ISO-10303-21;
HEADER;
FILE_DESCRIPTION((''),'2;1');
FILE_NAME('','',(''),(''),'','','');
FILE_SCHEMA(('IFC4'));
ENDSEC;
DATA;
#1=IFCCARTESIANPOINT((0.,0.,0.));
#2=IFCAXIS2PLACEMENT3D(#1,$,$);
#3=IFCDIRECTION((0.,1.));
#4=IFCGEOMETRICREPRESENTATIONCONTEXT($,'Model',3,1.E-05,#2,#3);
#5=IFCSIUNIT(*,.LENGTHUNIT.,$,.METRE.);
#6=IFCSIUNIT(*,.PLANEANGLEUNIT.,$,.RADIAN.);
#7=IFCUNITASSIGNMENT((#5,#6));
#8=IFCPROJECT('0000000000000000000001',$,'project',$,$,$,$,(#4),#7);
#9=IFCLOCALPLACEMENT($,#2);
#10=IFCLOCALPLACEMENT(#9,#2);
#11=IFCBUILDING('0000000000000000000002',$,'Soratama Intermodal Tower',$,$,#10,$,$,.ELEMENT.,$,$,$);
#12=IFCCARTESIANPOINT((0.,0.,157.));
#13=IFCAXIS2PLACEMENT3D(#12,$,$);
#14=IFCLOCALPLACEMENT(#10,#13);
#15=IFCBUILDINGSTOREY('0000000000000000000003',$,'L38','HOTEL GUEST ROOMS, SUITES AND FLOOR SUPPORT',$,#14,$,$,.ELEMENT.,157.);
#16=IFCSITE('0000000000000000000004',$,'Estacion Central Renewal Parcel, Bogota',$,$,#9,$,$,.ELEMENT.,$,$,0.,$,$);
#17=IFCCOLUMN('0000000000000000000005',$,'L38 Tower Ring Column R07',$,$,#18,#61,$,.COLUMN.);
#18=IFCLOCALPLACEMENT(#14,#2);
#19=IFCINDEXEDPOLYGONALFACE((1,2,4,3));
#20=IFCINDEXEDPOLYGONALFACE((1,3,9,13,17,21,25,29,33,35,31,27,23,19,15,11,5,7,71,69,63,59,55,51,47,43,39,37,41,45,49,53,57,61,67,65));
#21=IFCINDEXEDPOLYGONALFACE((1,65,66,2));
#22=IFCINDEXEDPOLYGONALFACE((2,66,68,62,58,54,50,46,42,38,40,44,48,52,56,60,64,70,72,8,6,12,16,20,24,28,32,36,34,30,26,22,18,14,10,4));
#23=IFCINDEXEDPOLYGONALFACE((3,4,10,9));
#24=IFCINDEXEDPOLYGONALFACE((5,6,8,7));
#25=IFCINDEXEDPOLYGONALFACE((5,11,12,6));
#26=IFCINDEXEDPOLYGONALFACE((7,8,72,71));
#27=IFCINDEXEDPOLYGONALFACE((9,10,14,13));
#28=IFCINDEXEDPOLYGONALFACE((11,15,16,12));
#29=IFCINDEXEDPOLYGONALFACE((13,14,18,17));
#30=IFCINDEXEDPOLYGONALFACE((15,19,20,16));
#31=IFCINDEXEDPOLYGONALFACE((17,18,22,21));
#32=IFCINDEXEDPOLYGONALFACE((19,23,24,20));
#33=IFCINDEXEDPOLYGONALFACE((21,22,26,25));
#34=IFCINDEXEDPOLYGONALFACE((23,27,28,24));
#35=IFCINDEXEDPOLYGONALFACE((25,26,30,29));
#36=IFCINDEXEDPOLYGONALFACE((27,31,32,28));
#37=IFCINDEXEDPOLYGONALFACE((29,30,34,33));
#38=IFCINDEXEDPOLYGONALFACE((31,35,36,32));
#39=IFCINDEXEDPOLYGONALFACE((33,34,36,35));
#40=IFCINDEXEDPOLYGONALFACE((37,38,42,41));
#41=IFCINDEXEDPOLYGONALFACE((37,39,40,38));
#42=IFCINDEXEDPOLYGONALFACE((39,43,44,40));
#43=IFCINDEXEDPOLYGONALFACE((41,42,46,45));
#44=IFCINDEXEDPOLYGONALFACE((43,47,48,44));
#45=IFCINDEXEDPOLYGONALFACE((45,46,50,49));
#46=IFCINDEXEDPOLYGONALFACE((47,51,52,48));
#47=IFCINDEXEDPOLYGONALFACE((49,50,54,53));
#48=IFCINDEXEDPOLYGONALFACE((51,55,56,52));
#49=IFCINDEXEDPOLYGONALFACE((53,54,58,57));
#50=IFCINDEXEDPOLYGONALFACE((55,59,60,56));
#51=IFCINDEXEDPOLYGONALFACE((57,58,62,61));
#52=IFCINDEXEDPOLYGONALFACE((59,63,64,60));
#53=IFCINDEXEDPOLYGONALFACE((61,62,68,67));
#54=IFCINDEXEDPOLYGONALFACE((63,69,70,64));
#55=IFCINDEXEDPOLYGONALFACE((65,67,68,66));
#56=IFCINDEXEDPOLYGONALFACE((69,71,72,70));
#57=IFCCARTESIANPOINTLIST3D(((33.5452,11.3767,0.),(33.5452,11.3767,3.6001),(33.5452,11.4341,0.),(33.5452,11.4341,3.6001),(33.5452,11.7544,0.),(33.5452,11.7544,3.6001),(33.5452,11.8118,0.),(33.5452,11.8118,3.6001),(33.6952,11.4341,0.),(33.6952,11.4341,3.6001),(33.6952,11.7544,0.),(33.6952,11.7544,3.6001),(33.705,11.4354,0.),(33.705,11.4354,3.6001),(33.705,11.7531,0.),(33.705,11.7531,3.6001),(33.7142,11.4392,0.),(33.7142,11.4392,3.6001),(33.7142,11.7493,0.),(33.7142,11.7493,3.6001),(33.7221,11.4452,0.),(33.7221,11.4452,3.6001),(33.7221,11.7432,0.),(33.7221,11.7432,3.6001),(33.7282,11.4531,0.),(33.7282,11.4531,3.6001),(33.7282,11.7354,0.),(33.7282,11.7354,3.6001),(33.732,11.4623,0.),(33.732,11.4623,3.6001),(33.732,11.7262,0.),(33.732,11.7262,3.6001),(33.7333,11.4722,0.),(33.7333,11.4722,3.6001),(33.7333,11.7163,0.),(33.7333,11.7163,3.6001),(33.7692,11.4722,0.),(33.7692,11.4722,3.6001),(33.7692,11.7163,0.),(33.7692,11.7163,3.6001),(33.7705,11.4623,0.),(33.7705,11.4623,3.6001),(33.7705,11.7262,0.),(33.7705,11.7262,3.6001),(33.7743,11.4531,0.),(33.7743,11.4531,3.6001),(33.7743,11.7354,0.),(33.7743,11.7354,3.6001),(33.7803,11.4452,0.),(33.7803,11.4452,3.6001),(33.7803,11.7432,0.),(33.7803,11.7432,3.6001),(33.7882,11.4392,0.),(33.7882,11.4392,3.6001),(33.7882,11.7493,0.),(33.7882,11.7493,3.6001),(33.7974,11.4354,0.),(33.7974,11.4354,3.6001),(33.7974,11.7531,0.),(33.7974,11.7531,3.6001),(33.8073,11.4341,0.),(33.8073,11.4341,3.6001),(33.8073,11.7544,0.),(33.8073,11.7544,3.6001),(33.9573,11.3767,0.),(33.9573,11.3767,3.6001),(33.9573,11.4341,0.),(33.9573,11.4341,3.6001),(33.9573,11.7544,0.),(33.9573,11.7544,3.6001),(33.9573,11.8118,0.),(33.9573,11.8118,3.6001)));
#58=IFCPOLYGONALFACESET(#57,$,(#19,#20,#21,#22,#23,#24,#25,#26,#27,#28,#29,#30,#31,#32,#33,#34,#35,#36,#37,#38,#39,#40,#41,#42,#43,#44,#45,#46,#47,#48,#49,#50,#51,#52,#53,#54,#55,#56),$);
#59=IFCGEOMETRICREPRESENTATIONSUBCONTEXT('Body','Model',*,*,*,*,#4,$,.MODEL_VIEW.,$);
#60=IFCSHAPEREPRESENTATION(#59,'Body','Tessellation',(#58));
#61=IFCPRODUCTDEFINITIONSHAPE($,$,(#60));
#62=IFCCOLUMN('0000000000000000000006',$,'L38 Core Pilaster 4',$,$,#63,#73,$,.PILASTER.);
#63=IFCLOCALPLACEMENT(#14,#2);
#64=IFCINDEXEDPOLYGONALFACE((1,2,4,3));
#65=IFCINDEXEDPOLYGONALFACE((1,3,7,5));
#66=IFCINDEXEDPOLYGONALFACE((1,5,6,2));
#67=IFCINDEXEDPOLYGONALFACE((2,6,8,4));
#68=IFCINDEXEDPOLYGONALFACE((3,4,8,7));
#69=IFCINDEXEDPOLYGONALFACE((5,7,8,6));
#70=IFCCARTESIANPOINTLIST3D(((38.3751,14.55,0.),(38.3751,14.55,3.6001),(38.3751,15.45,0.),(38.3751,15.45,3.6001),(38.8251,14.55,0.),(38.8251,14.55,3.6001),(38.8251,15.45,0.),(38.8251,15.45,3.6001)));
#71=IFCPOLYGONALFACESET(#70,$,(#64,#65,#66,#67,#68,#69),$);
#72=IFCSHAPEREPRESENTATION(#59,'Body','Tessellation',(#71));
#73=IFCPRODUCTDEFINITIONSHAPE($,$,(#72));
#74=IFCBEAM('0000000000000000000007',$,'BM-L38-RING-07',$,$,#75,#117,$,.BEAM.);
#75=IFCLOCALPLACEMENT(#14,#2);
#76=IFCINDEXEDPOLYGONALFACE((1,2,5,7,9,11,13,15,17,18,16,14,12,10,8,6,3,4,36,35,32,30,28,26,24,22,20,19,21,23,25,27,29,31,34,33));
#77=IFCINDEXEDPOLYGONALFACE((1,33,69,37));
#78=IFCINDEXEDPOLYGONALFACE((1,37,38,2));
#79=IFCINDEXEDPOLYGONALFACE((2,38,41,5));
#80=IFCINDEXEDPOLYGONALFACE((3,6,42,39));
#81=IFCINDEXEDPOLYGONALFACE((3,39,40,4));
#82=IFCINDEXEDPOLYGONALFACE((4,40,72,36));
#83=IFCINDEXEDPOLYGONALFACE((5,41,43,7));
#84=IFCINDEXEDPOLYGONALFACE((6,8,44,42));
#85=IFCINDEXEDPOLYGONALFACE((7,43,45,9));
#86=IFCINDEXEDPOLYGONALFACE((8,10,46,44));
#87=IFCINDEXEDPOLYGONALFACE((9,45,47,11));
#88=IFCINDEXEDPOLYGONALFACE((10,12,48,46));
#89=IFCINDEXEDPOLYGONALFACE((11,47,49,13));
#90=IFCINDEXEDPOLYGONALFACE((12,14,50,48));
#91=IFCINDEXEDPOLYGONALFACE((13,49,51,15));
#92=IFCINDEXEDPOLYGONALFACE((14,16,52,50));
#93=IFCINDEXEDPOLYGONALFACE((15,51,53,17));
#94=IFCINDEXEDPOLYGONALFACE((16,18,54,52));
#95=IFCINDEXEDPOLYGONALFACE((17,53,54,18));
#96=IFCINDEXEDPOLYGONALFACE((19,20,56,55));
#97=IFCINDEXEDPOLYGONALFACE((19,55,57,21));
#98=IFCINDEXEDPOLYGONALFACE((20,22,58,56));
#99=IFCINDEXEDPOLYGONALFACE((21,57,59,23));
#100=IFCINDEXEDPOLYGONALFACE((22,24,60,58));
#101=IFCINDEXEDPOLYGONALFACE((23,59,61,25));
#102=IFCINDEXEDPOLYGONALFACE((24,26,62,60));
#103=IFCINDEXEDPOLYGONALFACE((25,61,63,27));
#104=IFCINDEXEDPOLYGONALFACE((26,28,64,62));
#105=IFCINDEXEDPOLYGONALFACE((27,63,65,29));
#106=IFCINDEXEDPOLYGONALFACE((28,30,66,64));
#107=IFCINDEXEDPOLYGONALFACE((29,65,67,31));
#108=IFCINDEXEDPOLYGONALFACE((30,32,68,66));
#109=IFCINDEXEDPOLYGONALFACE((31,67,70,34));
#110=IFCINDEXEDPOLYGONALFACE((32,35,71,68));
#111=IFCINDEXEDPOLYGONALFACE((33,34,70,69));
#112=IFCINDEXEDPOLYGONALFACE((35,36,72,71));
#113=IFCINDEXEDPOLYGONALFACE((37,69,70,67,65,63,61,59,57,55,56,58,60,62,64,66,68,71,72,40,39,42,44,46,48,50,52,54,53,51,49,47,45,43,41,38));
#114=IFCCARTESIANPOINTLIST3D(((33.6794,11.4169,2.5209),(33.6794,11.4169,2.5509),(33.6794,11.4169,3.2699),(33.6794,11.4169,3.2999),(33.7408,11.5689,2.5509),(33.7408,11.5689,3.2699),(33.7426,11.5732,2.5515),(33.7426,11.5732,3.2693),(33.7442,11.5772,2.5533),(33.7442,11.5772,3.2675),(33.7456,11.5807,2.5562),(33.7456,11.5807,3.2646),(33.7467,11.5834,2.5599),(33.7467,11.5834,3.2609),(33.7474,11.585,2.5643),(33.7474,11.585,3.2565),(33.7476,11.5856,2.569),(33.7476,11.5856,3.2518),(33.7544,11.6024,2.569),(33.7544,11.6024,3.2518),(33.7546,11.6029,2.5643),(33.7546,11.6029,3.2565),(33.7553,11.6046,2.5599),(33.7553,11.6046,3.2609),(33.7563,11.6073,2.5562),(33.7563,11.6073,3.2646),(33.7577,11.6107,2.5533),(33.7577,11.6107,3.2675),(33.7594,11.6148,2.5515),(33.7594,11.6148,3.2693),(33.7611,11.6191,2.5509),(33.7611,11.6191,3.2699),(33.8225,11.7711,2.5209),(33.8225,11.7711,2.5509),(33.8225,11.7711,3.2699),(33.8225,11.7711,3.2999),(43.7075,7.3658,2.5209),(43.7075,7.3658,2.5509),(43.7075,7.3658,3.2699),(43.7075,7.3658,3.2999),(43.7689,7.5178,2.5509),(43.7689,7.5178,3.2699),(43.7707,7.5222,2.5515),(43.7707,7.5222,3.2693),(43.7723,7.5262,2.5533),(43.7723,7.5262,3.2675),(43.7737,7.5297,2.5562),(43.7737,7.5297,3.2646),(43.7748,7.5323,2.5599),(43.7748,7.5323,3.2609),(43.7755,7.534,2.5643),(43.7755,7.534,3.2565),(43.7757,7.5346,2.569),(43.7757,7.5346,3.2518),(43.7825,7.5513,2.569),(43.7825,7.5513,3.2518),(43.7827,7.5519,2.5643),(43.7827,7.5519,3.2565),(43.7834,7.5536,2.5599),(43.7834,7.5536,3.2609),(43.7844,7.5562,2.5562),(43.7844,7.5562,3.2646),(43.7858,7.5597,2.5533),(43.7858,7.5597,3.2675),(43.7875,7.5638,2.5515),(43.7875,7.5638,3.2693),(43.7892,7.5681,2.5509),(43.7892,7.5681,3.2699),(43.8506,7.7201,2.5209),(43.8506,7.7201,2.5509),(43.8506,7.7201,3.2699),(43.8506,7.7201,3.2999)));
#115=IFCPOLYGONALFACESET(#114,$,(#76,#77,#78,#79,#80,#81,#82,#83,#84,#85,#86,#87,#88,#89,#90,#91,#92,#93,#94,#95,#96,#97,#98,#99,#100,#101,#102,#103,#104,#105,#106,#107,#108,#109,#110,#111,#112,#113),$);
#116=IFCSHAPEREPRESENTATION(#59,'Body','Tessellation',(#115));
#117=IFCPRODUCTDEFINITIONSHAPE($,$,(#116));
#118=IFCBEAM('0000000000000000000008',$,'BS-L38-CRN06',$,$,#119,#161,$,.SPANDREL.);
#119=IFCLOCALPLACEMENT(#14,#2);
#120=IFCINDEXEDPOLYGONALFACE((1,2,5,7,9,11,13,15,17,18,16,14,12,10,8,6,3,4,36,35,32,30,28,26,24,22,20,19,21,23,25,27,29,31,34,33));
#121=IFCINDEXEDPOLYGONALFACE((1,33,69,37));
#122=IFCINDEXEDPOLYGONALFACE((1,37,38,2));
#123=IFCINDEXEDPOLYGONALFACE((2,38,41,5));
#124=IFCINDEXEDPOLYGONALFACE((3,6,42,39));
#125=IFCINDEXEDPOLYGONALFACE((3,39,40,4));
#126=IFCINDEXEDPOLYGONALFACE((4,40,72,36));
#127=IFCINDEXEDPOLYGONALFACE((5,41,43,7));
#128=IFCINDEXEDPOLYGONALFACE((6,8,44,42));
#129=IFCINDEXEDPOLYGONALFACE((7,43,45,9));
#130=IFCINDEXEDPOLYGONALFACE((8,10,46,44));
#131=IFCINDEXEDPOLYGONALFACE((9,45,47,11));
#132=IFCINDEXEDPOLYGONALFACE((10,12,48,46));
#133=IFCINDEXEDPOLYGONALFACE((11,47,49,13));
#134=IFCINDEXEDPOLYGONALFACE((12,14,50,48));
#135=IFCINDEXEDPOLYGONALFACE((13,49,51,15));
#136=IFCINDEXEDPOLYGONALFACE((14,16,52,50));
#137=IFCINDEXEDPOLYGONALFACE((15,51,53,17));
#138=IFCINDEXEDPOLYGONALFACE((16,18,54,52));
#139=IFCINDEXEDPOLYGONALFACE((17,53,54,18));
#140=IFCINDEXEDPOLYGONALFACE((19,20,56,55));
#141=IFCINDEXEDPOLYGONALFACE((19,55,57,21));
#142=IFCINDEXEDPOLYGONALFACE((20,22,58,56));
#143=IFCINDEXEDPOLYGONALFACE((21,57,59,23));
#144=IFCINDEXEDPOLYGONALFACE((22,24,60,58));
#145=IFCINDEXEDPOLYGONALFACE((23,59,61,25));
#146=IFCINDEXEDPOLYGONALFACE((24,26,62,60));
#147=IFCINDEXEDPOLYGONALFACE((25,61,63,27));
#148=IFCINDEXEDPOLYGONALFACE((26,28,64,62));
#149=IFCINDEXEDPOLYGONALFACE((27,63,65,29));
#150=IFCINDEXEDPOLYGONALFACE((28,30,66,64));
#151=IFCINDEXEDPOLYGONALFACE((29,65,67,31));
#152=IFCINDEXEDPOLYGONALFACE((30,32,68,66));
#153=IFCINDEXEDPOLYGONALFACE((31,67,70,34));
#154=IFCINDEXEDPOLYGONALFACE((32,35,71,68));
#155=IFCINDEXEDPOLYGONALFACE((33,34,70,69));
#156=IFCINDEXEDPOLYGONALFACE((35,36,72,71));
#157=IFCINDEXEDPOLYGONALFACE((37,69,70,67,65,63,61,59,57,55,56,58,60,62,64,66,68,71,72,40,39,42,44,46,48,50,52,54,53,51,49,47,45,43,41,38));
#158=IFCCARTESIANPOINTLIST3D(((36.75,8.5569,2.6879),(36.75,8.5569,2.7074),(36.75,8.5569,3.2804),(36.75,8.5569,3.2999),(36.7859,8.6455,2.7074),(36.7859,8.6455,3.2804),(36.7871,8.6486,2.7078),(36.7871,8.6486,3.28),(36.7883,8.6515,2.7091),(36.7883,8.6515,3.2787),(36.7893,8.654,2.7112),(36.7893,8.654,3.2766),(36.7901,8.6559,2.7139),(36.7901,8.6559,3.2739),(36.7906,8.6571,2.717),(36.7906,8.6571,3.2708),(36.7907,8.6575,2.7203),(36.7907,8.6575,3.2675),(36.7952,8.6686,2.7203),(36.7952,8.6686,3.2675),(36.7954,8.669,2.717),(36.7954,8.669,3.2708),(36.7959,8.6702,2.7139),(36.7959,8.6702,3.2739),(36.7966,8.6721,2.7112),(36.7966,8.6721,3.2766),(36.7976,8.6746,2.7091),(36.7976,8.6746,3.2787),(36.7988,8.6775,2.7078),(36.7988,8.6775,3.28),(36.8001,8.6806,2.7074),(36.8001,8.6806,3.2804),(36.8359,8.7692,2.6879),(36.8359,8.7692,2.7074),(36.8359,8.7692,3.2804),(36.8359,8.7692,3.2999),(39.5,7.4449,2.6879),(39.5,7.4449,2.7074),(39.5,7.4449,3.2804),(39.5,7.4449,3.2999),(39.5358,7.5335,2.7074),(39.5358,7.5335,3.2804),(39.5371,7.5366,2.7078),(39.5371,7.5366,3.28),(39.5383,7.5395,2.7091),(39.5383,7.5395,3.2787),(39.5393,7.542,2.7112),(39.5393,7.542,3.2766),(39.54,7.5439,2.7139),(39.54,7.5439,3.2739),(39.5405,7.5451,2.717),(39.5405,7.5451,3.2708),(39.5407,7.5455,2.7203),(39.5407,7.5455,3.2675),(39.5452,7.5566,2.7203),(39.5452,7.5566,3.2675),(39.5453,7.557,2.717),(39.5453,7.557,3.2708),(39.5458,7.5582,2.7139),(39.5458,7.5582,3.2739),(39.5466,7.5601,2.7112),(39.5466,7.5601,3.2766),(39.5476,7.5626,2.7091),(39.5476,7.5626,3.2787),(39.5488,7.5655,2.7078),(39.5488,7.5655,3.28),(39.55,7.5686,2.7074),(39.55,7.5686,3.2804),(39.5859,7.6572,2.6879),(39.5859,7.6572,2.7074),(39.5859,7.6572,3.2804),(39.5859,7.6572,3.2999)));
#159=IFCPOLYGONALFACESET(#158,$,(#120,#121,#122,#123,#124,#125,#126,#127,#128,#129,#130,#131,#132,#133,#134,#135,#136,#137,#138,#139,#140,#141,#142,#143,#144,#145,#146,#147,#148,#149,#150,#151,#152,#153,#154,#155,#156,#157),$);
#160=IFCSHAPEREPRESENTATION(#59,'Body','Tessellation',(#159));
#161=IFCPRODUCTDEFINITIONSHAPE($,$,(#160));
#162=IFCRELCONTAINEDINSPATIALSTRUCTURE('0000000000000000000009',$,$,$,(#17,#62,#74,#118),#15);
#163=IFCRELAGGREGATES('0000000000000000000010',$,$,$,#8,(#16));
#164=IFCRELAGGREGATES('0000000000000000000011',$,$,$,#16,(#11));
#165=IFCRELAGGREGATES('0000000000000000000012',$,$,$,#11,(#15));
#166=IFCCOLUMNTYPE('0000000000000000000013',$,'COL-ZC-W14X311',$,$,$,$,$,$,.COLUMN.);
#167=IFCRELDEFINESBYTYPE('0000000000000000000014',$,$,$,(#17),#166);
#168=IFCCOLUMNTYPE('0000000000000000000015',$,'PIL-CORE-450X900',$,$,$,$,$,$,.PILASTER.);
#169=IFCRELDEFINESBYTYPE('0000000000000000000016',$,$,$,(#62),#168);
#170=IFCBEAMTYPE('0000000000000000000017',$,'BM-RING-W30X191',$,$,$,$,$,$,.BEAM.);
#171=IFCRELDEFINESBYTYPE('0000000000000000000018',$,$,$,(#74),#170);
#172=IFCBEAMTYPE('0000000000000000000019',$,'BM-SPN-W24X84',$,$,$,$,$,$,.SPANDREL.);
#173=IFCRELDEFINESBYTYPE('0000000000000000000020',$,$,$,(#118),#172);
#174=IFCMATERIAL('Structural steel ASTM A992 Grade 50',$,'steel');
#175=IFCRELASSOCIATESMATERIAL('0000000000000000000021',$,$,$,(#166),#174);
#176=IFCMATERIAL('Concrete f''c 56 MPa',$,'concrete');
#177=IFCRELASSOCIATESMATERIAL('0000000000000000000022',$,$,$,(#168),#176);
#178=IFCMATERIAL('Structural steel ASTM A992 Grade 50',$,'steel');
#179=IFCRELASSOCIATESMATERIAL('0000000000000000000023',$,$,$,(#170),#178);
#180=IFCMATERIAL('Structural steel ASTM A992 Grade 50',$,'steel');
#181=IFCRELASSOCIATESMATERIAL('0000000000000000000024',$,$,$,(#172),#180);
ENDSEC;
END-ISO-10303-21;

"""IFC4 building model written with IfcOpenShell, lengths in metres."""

from ifc_helpers import new_model, si_unit, direction, frame, origin, origin_2d, place, context, subcontext, project, spatial, rectangle, i_section, extrude, material, material_profile, profile_set, type_object, element, save


model = new_model("IFC4")

# Units and contexts
model_context = context("Model", 3, precision=1e-05, world=origin(), true_north=direction((0.0, 1.0)))
body_context = subcontext(model_context, "Body", "Model", "MODEL_VIEW")
ifc_project = project(units=[si_unit("LENGTHUNIT", "METRE"), si_unit("PLANEANGLEUNIT", "RADIAN")], contexts=[model_context])

# Site, building, storey
site_placement = place(None, origin())
site = spatial("IfcSite", under=ifc_project, at=site_placement, Name="Estacion Central Renewal Parcel, Bogota", CompositionType="ELEMENT", RefElevation=0.0)
building_placement = place(site_placement, origin())
building = spatial("IfcBuilding", under=site, at=building_placement, Name="Soratama Intermodal Tower", CompositionType="ELEMENT")
storey_placement = place(building_placement, frame((0.0, 0.0, 157.0)))
storey = spatial("IfcBuildingStorey", under=building, at=storey_placement, Name="L38", Description="HOTEL GUEST ROOMS, SUITES AND FLOOR SUPPORT", CompositionType="ELEMENT", Elevation=157.0)

# Columns
ifc_material_1 = material(Name="Structural steel ASTM A992 Grade 50", Category="steel")
ifc_material_profile_1 = material_profile(ifc_material_1, i_section(OverallWidth=0.4121, OverallDepth=0.4351, WebThickness=0.0359, FlangeThickness=0.0574, FilletRadius=0.0381, at=origin_2d()), Name="W14X311")
ifc_profile_set_1 = profile_set([ifc_material_profile_1], Name="Structural steel ASTM A992 Grade 50")
column_type_1 = type_object("IfcColumnType", Name="COL-ZC-W14X311", PredefinedType="COLUMN", material=ifc_profile_set_1)
column_1_placement = place(storey_placement, frame((33.7512, 11.5942, 0.0), z_axis=(0.0, 0.0, 1.0), x_axis=(1.0, 0.0, 0.0)))
element("IfcColumn", 1, at=column_1_placement, inside=storey, type_object=column_type_1, Name="L38 Tower Ring Column R07", PredefinedType="COLUMN", context=body_context, shape_type="SweptSolid", body=[
    extrude(i_section(OverallWidth=0.4121, OverallDepth=0.4351, WebThickness=0.0359, FlangeThickness=0.0574, FilletRadius=0.0381, at=origin_2d()), origin(), (0.0, 0.0, 1.0), 3.6001),
])
ifc_material_2 = material(Name="Concrete f'c 56 MPa", Category="concrete")
ifc_material_profile_2 = material_profile(ifc_material_2, rectangle(XDim=0.45, YDim=0.8999, at=origin_2d()), Name="RC450X900")
ifc_profile_set_2 = profile_set([ifc_material_profile_2], Name="Concrete f'c 56 MPa")
column_type_2 = type_object("IfcColumnType", Name="PIL-CORE-450X900", PredefinedType="PILASTER", material=ifc_profile_set_2)
column_2_placement = place(storey_placement, frame((38.6001, 15.0, 0.0), z_axis=(0.0, 0.0, 1.0), x_axis=(1.0, 0.0, 0.0)))
element("IfcColumn", 2, at=column_2_placement, inside=storey, type_object=column_type_2, Name="L38 Core Pilaster 4", PredefinedType="PILASTER", context=body_context, shape_type="SweptSolid", body=[
    extrude(rectangle(XDim=0.45, YDim=0.8999, at=origin_2d()), origin(), (0.0, 0.0, 1.0), 3.6001),
])

# Beams
ifc_material_3 = material(Name="Structural steel ASTM A992 Grade 50", Category="steel")
ifc_material_profile_3 = material_profile(ifc_material_3, i_section(OverallWidth=0.3821, OverallDepth=0.7791, WebThickness=0.0181, FlangeThickness=0.03, FilletRadius=0.0181, at=origin_2d()), Name="W30X191")
ifc_profile_set_3 = profile_set([ifc_material_profile_3], Name="Structural steel ASTM A992 Grade 50")
beam_type_1 = type_object("IfcBeamType", Name="BM-RING-W30X191", PredefinedType="BEAM", material=ifc_profile_set_3)
beam_1_placement = place(storey_placement, frame((33.751, 11.594, 2.9104), z_axis=(0.927202, -0.37456, 0.0), x_axis=(0.37456, 0.927202, 0.0)))
element("IfcBeam", 3, at=beam_1_placement, inside=storey, type_object=beam_type_1, Name="BM-L38-RING-07", PredefinedType="BEAM", context=body_context, shape_type="SweptSolid", body=[
    extrude(i_section(OverallWidth=0.3821, OverallDepth=0.7791, WebThickness=0.0181, FlangeThickness=0.03, FilletRadius=0.0181, at=origin_2d()), origin(), (0.0, 0.0, 1.0), 10.8154),
])
ifc_material_4 = material(Name="Structural steel ASTM A992 Grade 50", Category="steel")
ifc_material_profile_4 = material_profile(ifc_material_4, i_section(OverallWidth=0.229, OverallDepth=0.6121, WebThickness=0.012, FlangeThickness=0.0195, FilletRadius=0.0129, at=origin_2d()), Name="W24X84")
ifc_profile_set_4 = profile_set([ifc_material_profile_4], Name="Structural steel ASTM A992 Grade 50")
beam_type_2 = type_object("IfcBeamType", Name="BM-SPN-W24X84", PredefinedType="SPANDREL", material=ifc_profile_set_4)
beam_2_placement = place(storey_placement, frame((36.793, 8.6631, 2.9939), z_axis=(0.927068, -0.374893, 0.0), x_axis=(0.374893, 0.927068, 0.0)))
element("IfcBeam", 4, at=beam_2_placement, inside=storey, type_object=beam_type_2, Name="BS-L38-CRN06", PredefinedType="SPANDREL", context=body_context, shape_type="SweptSolid", body=[
    extrude(i_section(OverallWidth=0.229, OverallDepth=0.6121, WebThickness=0.012, FlangeThickness=0.0195, FilletRadius=0.0129, at=origin_2d()), origin(), (0.0, 0.0, 1.0), 2.9663),
])

save(model, "model.ifc")
